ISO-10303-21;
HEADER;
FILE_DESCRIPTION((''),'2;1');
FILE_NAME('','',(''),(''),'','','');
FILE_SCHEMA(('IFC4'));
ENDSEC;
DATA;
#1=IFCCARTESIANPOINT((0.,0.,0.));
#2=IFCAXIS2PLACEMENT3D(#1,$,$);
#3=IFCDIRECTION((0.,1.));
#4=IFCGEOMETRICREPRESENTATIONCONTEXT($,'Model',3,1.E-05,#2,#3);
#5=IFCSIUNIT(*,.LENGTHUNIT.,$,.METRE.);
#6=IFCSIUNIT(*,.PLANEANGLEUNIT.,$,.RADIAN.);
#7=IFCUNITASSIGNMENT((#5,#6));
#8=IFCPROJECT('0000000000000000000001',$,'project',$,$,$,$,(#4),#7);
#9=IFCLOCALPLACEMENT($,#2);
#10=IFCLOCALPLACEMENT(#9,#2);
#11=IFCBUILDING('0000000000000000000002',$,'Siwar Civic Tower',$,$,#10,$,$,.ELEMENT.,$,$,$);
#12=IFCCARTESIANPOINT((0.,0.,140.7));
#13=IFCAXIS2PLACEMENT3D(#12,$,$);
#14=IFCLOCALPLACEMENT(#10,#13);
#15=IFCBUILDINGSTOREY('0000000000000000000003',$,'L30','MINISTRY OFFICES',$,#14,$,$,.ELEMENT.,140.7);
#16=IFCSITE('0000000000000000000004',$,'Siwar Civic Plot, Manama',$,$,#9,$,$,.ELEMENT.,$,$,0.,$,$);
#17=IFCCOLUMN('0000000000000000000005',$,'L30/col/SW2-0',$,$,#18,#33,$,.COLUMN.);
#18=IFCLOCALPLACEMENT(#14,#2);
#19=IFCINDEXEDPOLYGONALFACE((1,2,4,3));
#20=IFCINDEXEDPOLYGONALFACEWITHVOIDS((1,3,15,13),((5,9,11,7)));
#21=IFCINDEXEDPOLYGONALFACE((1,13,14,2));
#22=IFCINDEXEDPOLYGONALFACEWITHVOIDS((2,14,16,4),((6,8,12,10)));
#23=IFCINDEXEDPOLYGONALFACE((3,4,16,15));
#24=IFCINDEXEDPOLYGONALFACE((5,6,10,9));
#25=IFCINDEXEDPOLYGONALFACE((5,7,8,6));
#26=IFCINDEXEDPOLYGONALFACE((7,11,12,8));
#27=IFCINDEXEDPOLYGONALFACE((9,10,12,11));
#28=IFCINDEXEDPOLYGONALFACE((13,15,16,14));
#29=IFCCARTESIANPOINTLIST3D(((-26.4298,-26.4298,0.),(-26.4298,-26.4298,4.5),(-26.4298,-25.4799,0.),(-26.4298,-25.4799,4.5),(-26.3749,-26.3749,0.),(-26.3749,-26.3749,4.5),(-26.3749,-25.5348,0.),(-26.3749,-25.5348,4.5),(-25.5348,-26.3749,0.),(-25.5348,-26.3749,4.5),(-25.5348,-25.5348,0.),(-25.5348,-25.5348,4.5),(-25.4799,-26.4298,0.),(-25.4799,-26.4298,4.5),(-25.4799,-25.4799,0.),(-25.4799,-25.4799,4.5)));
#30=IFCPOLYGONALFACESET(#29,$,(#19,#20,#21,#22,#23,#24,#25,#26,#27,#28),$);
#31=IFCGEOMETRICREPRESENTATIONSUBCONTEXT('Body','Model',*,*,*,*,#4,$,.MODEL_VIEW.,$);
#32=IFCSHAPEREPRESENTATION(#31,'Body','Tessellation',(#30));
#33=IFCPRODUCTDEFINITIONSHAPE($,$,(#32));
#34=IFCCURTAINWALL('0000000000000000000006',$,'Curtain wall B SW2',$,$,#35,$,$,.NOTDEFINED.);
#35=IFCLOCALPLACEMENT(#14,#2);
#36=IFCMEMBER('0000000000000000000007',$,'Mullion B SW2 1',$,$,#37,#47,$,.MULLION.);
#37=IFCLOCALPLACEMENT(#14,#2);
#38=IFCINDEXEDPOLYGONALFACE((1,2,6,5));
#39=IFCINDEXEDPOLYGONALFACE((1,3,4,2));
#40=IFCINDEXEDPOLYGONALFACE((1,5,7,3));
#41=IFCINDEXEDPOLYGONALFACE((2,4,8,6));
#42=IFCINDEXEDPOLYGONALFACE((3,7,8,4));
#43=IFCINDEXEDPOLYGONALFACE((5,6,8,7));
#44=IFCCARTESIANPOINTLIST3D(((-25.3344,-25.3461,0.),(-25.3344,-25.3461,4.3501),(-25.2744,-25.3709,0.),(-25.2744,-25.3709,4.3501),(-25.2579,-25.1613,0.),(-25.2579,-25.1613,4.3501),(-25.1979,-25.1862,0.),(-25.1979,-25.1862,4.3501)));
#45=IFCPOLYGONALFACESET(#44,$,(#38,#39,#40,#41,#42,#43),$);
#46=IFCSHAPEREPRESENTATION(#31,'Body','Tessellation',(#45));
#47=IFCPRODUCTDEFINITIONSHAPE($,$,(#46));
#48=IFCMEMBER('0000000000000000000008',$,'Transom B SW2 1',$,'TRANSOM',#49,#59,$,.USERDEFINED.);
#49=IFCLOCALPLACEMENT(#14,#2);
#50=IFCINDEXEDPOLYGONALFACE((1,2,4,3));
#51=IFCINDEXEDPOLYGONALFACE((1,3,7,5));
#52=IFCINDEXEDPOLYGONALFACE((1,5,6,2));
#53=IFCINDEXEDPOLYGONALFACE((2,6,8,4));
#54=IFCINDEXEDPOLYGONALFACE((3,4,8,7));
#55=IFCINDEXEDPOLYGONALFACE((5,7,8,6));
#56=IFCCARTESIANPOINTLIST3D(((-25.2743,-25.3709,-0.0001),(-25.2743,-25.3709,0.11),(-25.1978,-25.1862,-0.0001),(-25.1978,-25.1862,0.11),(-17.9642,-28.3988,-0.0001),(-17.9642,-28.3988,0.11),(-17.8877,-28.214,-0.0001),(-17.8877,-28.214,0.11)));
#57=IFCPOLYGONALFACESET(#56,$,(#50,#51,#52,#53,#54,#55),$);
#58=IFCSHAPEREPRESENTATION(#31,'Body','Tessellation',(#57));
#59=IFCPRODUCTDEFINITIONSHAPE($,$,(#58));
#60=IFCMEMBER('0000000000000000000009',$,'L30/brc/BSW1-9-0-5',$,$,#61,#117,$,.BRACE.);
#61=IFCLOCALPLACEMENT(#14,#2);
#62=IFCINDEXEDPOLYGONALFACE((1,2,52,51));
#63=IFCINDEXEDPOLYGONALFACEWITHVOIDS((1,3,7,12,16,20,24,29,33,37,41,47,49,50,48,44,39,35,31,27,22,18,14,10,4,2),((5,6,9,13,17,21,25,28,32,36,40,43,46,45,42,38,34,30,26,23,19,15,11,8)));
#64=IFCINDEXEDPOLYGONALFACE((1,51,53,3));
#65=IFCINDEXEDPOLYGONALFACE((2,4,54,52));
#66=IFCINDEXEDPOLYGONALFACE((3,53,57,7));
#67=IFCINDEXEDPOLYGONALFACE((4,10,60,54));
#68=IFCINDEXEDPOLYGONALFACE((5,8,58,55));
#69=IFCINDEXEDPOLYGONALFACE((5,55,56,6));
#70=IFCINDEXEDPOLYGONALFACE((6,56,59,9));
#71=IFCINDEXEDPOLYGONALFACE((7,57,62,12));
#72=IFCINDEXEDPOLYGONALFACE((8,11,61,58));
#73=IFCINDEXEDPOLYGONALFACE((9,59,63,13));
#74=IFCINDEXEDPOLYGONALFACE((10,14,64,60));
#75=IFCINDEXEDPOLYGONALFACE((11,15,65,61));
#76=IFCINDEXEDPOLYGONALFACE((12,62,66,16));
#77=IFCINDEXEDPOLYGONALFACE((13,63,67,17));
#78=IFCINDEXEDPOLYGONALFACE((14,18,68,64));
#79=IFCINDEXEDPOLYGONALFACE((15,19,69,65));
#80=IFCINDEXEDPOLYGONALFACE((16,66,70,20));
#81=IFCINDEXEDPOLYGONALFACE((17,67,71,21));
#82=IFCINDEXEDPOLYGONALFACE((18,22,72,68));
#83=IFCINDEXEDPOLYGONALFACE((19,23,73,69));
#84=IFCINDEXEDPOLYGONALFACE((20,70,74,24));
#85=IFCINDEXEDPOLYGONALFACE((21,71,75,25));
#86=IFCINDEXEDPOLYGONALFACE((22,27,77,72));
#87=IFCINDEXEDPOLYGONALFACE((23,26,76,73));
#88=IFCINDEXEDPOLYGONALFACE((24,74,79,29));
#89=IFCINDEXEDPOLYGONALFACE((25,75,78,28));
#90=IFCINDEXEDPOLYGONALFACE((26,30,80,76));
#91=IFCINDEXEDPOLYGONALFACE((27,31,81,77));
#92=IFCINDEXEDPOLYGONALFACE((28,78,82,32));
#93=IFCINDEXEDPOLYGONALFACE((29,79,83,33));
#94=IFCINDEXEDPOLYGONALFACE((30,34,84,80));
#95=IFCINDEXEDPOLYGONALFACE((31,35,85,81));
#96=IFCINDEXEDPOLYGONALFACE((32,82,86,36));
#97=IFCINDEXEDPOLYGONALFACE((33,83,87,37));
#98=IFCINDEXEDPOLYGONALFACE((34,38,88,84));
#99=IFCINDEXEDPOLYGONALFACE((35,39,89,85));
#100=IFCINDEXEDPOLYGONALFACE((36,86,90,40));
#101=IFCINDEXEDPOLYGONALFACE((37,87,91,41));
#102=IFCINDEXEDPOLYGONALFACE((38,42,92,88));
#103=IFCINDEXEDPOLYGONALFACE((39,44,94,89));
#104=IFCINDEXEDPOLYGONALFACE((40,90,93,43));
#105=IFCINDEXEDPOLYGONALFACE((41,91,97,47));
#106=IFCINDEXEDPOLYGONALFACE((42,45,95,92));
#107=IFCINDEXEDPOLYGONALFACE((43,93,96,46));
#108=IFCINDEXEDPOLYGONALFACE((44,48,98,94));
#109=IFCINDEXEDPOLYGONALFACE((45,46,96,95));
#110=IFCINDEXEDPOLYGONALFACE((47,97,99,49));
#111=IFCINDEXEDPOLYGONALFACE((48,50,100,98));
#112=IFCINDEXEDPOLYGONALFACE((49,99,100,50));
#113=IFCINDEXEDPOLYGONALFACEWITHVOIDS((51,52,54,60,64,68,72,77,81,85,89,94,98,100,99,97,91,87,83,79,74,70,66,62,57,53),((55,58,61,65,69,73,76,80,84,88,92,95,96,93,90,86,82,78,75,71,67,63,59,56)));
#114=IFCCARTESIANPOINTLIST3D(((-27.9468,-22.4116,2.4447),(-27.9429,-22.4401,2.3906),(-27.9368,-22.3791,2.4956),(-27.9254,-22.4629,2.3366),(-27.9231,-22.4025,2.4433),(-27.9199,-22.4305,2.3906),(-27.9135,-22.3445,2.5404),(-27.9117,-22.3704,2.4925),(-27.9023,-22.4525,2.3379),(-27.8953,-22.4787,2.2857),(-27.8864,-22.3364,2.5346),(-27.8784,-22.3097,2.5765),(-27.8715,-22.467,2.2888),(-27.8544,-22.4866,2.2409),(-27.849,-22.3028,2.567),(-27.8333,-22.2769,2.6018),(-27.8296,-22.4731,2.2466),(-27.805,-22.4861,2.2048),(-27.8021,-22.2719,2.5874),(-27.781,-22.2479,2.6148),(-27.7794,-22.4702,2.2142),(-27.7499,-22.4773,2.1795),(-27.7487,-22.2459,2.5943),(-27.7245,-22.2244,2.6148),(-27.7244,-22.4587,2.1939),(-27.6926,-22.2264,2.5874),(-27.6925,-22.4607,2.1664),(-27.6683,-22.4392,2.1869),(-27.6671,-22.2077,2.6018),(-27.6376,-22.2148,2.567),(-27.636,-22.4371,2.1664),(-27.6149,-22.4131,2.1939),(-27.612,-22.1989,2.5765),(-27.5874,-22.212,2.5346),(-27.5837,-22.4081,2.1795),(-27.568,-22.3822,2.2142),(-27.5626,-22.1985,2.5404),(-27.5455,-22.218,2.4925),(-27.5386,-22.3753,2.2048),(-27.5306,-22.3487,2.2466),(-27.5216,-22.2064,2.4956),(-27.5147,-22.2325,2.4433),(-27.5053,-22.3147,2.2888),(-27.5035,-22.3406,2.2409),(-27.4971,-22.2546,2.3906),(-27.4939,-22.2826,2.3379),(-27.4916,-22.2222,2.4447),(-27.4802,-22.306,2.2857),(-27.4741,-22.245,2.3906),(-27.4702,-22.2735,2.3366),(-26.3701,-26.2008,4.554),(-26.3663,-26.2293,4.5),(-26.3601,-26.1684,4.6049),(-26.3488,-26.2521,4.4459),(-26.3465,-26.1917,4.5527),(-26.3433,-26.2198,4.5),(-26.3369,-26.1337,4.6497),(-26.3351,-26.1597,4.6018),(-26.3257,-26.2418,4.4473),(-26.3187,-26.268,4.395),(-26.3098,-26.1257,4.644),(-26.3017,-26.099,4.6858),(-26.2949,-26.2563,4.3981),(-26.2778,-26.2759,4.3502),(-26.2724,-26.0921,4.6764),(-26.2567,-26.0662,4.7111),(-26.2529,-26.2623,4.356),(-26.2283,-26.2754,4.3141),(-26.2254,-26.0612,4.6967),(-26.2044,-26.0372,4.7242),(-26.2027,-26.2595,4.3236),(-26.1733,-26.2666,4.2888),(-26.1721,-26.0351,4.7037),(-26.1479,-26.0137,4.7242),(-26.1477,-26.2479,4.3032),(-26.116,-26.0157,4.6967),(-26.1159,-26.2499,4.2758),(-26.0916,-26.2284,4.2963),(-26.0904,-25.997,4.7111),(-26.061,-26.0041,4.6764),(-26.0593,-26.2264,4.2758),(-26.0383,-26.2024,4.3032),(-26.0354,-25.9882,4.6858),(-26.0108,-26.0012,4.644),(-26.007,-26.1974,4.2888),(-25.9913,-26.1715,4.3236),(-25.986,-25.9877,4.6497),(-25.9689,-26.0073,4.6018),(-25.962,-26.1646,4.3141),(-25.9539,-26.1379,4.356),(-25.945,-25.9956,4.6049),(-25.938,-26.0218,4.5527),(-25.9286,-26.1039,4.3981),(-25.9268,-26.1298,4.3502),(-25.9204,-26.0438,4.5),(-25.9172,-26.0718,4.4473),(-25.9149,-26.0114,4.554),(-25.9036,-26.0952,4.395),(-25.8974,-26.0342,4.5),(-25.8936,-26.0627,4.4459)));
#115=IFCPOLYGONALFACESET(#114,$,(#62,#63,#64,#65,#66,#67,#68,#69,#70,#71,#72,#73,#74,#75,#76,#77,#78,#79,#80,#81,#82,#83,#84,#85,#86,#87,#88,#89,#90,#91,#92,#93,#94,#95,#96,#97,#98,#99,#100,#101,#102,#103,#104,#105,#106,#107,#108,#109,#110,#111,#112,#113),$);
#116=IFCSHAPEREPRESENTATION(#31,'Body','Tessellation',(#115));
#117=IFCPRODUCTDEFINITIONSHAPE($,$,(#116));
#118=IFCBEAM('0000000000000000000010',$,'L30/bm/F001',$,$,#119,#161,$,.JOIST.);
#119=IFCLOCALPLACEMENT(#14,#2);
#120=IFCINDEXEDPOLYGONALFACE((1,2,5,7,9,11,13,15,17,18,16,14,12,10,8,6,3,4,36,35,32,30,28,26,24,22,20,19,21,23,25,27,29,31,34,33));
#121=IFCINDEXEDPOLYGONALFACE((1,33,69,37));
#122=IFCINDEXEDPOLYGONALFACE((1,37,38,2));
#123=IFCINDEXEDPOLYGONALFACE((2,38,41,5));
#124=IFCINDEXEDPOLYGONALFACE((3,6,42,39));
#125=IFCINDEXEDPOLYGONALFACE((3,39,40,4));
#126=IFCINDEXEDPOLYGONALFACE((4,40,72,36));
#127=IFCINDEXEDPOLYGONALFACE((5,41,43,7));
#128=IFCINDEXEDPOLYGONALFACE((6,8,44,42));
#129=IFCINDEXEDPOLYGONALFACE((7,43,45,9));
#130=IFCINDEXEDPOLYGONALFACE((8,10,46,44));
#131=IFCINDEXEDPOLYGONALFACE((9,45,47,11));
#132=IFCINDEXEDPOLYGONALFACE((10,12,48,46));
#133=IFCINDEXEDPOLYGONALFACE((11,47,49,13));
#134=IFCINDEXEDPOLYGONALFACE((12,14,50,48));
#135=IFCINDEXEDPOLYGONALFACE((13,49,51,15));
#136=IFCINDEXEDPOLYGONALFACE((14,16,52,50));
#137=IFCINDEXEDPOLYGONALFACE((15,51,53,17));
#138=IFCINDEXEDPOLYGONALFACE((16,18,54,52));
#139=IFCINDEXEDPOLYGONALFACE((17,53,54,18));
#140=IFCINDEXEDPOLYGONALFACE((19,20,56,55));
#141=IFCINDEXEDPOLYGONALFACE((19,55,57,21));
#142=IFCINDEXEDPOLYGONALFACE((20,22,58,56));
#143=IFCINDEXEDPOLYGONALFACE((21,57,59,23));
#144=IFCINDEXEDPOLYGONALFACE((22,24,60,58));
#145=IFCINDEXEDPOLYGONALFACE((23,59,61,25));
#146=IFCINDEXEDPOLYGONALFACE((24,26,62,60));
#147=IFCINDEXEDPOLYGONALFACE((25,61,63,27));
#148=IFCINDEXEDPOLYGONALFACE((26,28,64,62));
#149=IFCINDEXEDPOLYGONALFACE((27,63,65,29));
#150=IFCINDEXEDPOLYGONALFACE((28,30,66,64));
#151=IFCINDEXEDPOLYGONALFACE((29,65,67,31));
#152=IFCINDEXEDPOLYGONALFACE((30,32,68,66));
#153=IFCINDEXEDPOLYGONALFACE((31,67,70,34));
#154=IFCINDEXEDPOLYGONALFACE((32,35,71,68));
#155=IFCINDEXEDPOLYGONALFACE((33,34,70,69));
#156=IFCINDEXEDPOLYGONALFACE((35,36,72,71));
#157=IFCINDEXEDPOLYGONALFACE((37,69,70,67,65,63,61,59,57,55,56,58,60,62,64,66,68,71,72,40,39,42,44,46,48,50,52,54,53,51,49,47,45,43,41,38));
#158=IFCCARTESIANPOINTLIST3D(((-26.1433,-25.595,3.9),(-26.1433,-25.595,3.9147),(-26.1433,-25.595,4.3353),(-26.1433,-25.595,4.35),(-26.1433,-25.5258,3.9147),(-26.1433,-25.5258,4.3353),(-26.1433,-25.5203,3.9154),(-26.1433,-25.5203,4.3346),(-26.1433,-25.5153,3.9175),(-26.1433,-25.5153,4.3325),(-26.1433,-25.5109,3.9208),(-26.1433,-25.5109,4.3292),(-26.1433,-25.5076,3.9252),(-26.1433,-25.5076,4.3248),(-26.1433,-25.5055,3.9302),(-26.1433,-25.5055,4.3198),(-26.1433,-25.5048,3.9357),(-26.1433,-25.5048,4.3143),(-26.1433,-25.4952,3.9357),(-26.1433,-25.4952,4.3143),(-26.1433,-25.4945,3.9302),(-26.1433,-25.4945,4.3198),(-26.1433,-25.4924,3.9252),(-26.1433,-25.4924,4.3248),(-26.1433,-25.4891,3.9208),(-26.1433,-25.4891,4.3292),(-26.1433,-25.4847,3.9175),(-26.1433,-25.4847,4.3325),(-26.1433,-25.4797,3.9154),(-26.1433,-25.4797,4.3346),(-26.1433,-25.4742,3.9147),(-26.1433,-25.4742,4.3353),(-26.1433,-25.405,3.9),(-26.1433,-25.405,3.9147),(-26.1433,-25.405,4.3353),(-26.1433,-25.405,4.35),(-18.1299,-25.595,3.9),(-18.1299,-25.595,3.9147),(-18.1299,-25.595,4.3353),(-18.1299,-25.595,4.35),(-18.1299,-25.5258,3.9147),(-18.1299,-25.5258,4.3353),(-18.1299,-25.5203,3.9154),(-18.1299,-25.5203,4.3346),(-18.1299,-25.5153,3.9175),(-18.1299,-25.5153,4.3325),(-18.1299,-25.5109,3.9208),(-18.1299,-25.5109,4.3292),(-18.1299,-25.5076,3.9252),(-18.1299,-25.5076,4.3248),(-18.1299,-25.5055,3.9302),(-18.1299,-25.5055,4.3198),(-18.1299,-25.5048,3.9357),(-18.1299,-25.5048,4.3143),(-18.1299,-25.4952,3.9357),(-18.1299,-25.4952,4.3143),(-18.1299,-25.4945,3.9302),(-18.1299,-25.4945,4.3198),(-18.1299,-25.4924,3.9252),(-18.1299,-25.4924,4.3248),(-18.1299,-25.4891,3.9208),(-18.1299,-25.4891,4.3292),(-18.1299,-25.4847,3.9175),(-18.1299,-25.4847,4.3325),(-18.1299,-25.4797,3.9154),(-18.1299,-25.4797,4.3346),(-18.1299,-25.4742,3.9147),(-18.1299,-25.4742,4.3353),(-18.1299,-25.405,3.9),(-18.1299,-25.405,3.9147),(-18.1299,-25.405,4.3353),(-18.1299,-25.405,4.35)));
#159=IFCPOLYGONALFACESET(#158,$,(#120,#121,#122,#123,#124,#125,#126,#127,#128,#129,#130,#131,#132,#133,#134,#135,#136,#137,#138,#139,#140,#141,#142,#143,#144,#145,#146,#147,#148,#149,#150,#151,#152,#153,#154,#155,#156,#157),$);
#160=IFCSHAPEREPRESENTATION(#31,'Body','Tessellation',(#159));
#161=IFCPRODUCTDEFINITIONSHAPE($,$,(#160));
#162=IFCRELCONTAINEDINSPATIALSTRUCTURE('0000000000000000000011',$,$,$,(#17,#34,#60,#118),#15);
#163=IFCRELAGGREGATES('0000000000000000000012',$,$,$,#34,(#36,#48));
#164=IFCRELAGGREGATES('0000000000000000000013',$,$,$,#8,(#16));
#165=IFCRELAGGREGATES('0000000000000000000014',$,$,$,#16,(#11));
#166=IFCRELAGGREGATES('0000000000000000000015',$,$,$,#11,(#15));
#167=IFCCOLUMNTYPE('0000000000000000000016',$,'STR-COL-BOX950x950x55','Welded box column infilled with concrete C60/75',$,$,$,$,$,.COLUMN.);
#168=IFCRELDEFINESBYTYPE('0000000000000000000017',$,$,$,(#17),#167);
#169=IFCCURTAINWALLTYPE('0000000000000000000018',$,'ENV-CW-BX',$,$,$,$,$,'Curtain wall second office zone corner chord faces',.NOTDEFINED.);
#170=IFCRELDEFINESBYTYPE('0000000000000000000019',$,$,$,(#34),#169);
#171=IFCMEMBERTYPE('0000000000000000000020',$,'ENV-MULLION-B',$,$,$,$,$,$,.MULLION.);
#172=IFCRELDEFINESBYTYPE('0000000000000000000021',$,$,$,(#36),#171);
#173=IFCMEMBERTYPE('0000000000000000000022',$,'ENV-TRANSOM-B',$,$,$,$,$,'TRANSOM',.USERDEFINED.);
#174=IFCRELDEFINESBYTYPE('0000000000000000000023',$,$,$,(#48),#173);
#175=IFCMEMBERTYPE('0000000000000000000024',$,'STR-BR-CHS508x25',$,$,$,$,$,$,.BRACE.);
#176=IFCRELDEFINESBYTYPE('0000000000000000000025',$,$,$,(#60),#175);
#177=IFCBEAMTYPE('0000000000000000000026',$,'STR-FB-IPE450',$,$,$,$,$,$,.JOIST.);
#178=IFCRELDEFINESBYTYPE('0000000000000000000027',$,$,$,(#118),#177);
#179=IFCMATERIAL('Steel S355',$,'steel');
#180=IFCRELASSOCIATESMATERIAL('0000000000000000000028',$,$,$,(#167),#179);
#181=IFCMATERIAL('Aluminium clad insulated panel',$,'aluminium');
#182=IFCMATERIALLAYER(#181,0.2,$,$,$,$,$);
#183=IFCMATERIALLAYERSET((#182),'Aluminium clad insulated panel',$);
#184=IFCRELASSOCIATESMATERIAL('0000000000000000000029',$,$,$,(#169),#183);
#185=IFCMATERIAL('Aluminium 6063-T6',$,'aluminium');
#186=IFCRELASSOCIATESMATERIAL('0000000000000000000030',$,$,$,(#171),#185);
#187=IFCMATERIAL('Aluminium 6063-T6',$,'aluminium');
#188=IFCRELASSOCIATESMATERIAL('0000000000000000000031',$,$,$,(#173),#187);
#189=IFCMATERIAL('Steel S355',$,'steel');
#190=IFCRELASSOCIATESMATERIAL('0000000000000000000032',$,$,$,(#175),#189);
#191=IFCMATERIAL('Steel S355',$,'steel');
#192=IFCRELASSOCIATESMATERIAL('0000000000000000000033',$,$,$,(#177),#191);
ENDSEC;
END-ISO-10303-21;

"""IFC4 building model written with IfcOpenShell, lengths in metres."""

from ifc_helpers import new_model, si_unit, direction, frame, origin, origin_2d, place, context, subcontext, project, spatial, rectangle, hollow_rectangle, hollow_circle, i_section, extrude, material, layer, layer_set, material_profile, profile_set, type_object, element, aggregate, save


model = new_model("IFC4")

# Units and contexts
model_context = context("Model", 3, precision=1e-05, world=origin(), true_north=direction((0.0, 1.0)))
body_context = subcontext(model_context, "Body", "Model", "MODEL_VIEW")
ifc_project = project(units=[si_unit("LENGTHUNIT", "METRE"), si_unit("PLANEANGLEUNIT", "RADIAN")], contexts=[model_context])

# Site, building, storey
site_placement = place(None, origin())
site = spatial("IfcSite", under=ifc_project, at=site_placement, Name="Siwar Civic Plot, Manama", CompositionType="ELEMENT", RefElevation=0.0)
building_placement = place(site_placement, origin())
building = spatial("IfcBuilding", under=site, at=building_placement, Name="Siwar Civic Tower", CompositionType="ELEMENT")
storey_placement = place(building_placement, frame((0.0, 0.0, 140.7)))
storey = spatial("IfcBuildingStorey", under=building, at=storey_placement, Name="L30", Description="MINISTRY OFFICES", CompositionType="ELEMENT", Elevation=140.7)

# Column
ifc_material_1 = material(Name="Steel S355", Category="steel")
ifc_material_profile_1 = material_profile(ifc_material_1, hollow_rectangle(XDim=0.95, YDim=0.95, WallThickness=0.0549, at=origin_2d()), Name="BOX950x950x55")
ifc_profile_set_1 = profile_set([ifc_material_profile_1], Name="Steel S355")
column_type = type_object("IfcColumnType", Name="STR-COL-BOX950x950x55", Description="Welded box column infilled with concrete C60/75", PredefinedType="COLUMN", material=ifc_profile_set_1)
column_placement = place(storey_placement, frame((-25.9548, -25.9548, 0.0), z_axis=(0.0, 0.0, 1.0), x_axis=(1.0, 0.0, 0.0)))
element("IfcColumn", 1, at=column_placement, inside=storey, type_object=column_type, Name="L30/col/SW2-0", PredefinedType="COLUMN", context=body_context, shape_type="SweptSolid", body=[
    extrude(hollow_rectangle(XDim=0.95, YDim=0.95, WallThickness=0.0549, at=origin_2d()), origin(), (0.0, 0.0, 1.0), 4.5),
])

# Curtain wall, members
ifc_material_2 = material(Name="Aluminium clad insulated panel", Category="aluminium")
ifc_layer_1 = layer(ifc_material_2, 0.2)
ifc_layer_set_1 = layer_set([ifc_layer_1], Name="Aluminium clad insulated panel")
curtain_wall_type = type_object("IfcCurtainWallType", Name="ENV-CW-BX", ElementType="Curtain wall second office zone corner chord faces", PredefinedType="NOTDEFINED", material=ifc_layer_set_1)
curtain_wall_1_placement = place(storey_placement, origin())
curtain_wall_1 = element("IfcCurtainWall", 2, at=curtain_wall_1_placement, inside=storey, type_object=curtain_wall_type, Name="Curtain wall B SW2", PredefinedType="NOTDEFINED")
ifc_material_3 = material(Name="Aluminium 6063-T6", Category="aluminium")
ifc_material_profile_2 = material_profile(ifc_material_3, rectangle(XDim=0.2, YDim=0.0649, at=origin_2d()), Name="AL 200x65")
ifc_profile_set_2 = profile_set([ifc_material_profile_2], Name="Aluminium 6063-T6")
member_type_1 = type_object("IfcMemberType", Name="ENV-MULLION-B", PredefinedType="MULLION", material=ifc_profile_set_2)
member_1_placement = place(storey_placement, frame((-25.2661, -25.2661, 0.0), z_axis=(0.0, 0.0, 1.0), x_axis=(0.382683, 0.92388, 0.0)))
member_1 = element("IfcMember", 3, at=member_1_placement, type_object=member_type_1, Name="Mullion B SW2 1", PredefinedType="MULLION", context=body_context, shape_type="SweptSolid", body=[
    extrude(rectangle(XDim=0.2, YDim=0.0649, at=origin_2d()), origin(), (0.0, 0.0, 1.0), 4.3501),
])
ifc_material_4 = material(Name="Aluminium 6063-T6", Category="aluminium")
ifc_material_profile_3 = material_profile(ifc_material_4, rectangle(XDim=0.2, YDim=0.1101, at=origin_2d()), Name="AL 200x110")
ifc_profile_set_3 = profile_set([ifc_material_profile_3], Name="Aluminium 6063-T6")
member_type_2 = type_object("IfcMemberType", Name="ENV-TRANSOM-B", ElementType="TRANSOM", PredefinedType="USERDEFINED", material=ifc_profile_set_3)
member_2_placement = place(storey_placement, frame((-25.2361, -25.2786, 0.0549), z_axis=(0.923884, -0.382673, 0.0), x_axis=(0.382673, 0.923884, 0.0)))
member_2 = element("IfcMember", 4, at=member_2_placement, type_object=member_type_2, Name="Transom B SW2 1", ObjectType="TRANSOM", PredefinedType="USERDEFINED", context=body_context, shape_type="SweptSolid", body=[
    extrude(rectangle(XDim=0.2, YDim=0.1101, at=origin_2d()), origin(), (0.0, 0.0, 1.0), 7.9124),
])
aggregate(curtain_wall_1, [member_1, member_2])

# Member
ifc_material_5 = material(Name="Steel S355", Category="steel")
ifc_material_profile_4 = material_profile(ifc_material_5, hollow_circle(Radius=0.2539, WallThickness=0.0249, at=origin_2d()), Name="CHS508x25")
ifc_profile_set_4 = profile_set([ifc_material_profile_4], Name="Steel S355")
member_type_3 = type_object("IfcMemberType", Name="STR-BR-CHS508x25", PredefinedType="BRACE", material=ifc_profile_set_4)
member_3_placement = place(storey_placement, frame((-27.7085, -22.3425, 2.3906), z_axis=(0.341671, -0.821163, 0.457113), x_axis=(0.923269, 0.384155, 0.0)))
element("IfcMember", 5, at=member_3_placement, inside=storey, type_object=member_type_3, Name="L30/brc/BSW1-9-0-5", PredefinedType="BRACE", context=body_context, shape_type="SweptSolid", body=[
    extrude(hollow_circle(Radius=0.2539, WallThickness=0.0249, at=origin_2d()), origin(), (0.0, 0.0, 1.0), 4.6145),
])

# Beam
ifc_material_6 = material(Name="Steel S355", Category="steel")
ifc_material_profile_5 = material_profile(ifc_material_6, i_section(OverallWidth=0.1899, OverallDepth=0.45, WebThickness=0.0095, FlangeThickness=0.0146, FilletRadius=0.021, at=origin_2d()), Name="IPE450")
ifc_profile_set_5 = profile_set([ifc_material_profile_5], Name="Steel S355")
beam_type_1 = type_object("IfcBeamType", Name="STR-FB-IPE450", PredefinedType="JOIST", material=ifc_profile_set_5)
beam_1_placement = place(storey_placement, frame((-26.1433, -25.5, 4.125), z_axis=(1.0, 0.0, 0.0), x_axis=(0.0, 1.0, 0.0)))
element("IfcBeam", 6, at=beam_1_placement, inside=storey, type_object=beam_type_1, Name="L30/bm/F001", PredefinedType="JOIST", context=body_context, shape_type="SweptSolid", body=[
    extrude(i_section(OverallWidth=0.1899, OverallDepth=0.45, WebThickness=0.0095, FlangeThickness=0.0146, FilletRadius=0.021, at=origin_2d()), origin(), (0.0, 0.0, 1.0), 8.0134),
])

save(model, "model.ifc")
